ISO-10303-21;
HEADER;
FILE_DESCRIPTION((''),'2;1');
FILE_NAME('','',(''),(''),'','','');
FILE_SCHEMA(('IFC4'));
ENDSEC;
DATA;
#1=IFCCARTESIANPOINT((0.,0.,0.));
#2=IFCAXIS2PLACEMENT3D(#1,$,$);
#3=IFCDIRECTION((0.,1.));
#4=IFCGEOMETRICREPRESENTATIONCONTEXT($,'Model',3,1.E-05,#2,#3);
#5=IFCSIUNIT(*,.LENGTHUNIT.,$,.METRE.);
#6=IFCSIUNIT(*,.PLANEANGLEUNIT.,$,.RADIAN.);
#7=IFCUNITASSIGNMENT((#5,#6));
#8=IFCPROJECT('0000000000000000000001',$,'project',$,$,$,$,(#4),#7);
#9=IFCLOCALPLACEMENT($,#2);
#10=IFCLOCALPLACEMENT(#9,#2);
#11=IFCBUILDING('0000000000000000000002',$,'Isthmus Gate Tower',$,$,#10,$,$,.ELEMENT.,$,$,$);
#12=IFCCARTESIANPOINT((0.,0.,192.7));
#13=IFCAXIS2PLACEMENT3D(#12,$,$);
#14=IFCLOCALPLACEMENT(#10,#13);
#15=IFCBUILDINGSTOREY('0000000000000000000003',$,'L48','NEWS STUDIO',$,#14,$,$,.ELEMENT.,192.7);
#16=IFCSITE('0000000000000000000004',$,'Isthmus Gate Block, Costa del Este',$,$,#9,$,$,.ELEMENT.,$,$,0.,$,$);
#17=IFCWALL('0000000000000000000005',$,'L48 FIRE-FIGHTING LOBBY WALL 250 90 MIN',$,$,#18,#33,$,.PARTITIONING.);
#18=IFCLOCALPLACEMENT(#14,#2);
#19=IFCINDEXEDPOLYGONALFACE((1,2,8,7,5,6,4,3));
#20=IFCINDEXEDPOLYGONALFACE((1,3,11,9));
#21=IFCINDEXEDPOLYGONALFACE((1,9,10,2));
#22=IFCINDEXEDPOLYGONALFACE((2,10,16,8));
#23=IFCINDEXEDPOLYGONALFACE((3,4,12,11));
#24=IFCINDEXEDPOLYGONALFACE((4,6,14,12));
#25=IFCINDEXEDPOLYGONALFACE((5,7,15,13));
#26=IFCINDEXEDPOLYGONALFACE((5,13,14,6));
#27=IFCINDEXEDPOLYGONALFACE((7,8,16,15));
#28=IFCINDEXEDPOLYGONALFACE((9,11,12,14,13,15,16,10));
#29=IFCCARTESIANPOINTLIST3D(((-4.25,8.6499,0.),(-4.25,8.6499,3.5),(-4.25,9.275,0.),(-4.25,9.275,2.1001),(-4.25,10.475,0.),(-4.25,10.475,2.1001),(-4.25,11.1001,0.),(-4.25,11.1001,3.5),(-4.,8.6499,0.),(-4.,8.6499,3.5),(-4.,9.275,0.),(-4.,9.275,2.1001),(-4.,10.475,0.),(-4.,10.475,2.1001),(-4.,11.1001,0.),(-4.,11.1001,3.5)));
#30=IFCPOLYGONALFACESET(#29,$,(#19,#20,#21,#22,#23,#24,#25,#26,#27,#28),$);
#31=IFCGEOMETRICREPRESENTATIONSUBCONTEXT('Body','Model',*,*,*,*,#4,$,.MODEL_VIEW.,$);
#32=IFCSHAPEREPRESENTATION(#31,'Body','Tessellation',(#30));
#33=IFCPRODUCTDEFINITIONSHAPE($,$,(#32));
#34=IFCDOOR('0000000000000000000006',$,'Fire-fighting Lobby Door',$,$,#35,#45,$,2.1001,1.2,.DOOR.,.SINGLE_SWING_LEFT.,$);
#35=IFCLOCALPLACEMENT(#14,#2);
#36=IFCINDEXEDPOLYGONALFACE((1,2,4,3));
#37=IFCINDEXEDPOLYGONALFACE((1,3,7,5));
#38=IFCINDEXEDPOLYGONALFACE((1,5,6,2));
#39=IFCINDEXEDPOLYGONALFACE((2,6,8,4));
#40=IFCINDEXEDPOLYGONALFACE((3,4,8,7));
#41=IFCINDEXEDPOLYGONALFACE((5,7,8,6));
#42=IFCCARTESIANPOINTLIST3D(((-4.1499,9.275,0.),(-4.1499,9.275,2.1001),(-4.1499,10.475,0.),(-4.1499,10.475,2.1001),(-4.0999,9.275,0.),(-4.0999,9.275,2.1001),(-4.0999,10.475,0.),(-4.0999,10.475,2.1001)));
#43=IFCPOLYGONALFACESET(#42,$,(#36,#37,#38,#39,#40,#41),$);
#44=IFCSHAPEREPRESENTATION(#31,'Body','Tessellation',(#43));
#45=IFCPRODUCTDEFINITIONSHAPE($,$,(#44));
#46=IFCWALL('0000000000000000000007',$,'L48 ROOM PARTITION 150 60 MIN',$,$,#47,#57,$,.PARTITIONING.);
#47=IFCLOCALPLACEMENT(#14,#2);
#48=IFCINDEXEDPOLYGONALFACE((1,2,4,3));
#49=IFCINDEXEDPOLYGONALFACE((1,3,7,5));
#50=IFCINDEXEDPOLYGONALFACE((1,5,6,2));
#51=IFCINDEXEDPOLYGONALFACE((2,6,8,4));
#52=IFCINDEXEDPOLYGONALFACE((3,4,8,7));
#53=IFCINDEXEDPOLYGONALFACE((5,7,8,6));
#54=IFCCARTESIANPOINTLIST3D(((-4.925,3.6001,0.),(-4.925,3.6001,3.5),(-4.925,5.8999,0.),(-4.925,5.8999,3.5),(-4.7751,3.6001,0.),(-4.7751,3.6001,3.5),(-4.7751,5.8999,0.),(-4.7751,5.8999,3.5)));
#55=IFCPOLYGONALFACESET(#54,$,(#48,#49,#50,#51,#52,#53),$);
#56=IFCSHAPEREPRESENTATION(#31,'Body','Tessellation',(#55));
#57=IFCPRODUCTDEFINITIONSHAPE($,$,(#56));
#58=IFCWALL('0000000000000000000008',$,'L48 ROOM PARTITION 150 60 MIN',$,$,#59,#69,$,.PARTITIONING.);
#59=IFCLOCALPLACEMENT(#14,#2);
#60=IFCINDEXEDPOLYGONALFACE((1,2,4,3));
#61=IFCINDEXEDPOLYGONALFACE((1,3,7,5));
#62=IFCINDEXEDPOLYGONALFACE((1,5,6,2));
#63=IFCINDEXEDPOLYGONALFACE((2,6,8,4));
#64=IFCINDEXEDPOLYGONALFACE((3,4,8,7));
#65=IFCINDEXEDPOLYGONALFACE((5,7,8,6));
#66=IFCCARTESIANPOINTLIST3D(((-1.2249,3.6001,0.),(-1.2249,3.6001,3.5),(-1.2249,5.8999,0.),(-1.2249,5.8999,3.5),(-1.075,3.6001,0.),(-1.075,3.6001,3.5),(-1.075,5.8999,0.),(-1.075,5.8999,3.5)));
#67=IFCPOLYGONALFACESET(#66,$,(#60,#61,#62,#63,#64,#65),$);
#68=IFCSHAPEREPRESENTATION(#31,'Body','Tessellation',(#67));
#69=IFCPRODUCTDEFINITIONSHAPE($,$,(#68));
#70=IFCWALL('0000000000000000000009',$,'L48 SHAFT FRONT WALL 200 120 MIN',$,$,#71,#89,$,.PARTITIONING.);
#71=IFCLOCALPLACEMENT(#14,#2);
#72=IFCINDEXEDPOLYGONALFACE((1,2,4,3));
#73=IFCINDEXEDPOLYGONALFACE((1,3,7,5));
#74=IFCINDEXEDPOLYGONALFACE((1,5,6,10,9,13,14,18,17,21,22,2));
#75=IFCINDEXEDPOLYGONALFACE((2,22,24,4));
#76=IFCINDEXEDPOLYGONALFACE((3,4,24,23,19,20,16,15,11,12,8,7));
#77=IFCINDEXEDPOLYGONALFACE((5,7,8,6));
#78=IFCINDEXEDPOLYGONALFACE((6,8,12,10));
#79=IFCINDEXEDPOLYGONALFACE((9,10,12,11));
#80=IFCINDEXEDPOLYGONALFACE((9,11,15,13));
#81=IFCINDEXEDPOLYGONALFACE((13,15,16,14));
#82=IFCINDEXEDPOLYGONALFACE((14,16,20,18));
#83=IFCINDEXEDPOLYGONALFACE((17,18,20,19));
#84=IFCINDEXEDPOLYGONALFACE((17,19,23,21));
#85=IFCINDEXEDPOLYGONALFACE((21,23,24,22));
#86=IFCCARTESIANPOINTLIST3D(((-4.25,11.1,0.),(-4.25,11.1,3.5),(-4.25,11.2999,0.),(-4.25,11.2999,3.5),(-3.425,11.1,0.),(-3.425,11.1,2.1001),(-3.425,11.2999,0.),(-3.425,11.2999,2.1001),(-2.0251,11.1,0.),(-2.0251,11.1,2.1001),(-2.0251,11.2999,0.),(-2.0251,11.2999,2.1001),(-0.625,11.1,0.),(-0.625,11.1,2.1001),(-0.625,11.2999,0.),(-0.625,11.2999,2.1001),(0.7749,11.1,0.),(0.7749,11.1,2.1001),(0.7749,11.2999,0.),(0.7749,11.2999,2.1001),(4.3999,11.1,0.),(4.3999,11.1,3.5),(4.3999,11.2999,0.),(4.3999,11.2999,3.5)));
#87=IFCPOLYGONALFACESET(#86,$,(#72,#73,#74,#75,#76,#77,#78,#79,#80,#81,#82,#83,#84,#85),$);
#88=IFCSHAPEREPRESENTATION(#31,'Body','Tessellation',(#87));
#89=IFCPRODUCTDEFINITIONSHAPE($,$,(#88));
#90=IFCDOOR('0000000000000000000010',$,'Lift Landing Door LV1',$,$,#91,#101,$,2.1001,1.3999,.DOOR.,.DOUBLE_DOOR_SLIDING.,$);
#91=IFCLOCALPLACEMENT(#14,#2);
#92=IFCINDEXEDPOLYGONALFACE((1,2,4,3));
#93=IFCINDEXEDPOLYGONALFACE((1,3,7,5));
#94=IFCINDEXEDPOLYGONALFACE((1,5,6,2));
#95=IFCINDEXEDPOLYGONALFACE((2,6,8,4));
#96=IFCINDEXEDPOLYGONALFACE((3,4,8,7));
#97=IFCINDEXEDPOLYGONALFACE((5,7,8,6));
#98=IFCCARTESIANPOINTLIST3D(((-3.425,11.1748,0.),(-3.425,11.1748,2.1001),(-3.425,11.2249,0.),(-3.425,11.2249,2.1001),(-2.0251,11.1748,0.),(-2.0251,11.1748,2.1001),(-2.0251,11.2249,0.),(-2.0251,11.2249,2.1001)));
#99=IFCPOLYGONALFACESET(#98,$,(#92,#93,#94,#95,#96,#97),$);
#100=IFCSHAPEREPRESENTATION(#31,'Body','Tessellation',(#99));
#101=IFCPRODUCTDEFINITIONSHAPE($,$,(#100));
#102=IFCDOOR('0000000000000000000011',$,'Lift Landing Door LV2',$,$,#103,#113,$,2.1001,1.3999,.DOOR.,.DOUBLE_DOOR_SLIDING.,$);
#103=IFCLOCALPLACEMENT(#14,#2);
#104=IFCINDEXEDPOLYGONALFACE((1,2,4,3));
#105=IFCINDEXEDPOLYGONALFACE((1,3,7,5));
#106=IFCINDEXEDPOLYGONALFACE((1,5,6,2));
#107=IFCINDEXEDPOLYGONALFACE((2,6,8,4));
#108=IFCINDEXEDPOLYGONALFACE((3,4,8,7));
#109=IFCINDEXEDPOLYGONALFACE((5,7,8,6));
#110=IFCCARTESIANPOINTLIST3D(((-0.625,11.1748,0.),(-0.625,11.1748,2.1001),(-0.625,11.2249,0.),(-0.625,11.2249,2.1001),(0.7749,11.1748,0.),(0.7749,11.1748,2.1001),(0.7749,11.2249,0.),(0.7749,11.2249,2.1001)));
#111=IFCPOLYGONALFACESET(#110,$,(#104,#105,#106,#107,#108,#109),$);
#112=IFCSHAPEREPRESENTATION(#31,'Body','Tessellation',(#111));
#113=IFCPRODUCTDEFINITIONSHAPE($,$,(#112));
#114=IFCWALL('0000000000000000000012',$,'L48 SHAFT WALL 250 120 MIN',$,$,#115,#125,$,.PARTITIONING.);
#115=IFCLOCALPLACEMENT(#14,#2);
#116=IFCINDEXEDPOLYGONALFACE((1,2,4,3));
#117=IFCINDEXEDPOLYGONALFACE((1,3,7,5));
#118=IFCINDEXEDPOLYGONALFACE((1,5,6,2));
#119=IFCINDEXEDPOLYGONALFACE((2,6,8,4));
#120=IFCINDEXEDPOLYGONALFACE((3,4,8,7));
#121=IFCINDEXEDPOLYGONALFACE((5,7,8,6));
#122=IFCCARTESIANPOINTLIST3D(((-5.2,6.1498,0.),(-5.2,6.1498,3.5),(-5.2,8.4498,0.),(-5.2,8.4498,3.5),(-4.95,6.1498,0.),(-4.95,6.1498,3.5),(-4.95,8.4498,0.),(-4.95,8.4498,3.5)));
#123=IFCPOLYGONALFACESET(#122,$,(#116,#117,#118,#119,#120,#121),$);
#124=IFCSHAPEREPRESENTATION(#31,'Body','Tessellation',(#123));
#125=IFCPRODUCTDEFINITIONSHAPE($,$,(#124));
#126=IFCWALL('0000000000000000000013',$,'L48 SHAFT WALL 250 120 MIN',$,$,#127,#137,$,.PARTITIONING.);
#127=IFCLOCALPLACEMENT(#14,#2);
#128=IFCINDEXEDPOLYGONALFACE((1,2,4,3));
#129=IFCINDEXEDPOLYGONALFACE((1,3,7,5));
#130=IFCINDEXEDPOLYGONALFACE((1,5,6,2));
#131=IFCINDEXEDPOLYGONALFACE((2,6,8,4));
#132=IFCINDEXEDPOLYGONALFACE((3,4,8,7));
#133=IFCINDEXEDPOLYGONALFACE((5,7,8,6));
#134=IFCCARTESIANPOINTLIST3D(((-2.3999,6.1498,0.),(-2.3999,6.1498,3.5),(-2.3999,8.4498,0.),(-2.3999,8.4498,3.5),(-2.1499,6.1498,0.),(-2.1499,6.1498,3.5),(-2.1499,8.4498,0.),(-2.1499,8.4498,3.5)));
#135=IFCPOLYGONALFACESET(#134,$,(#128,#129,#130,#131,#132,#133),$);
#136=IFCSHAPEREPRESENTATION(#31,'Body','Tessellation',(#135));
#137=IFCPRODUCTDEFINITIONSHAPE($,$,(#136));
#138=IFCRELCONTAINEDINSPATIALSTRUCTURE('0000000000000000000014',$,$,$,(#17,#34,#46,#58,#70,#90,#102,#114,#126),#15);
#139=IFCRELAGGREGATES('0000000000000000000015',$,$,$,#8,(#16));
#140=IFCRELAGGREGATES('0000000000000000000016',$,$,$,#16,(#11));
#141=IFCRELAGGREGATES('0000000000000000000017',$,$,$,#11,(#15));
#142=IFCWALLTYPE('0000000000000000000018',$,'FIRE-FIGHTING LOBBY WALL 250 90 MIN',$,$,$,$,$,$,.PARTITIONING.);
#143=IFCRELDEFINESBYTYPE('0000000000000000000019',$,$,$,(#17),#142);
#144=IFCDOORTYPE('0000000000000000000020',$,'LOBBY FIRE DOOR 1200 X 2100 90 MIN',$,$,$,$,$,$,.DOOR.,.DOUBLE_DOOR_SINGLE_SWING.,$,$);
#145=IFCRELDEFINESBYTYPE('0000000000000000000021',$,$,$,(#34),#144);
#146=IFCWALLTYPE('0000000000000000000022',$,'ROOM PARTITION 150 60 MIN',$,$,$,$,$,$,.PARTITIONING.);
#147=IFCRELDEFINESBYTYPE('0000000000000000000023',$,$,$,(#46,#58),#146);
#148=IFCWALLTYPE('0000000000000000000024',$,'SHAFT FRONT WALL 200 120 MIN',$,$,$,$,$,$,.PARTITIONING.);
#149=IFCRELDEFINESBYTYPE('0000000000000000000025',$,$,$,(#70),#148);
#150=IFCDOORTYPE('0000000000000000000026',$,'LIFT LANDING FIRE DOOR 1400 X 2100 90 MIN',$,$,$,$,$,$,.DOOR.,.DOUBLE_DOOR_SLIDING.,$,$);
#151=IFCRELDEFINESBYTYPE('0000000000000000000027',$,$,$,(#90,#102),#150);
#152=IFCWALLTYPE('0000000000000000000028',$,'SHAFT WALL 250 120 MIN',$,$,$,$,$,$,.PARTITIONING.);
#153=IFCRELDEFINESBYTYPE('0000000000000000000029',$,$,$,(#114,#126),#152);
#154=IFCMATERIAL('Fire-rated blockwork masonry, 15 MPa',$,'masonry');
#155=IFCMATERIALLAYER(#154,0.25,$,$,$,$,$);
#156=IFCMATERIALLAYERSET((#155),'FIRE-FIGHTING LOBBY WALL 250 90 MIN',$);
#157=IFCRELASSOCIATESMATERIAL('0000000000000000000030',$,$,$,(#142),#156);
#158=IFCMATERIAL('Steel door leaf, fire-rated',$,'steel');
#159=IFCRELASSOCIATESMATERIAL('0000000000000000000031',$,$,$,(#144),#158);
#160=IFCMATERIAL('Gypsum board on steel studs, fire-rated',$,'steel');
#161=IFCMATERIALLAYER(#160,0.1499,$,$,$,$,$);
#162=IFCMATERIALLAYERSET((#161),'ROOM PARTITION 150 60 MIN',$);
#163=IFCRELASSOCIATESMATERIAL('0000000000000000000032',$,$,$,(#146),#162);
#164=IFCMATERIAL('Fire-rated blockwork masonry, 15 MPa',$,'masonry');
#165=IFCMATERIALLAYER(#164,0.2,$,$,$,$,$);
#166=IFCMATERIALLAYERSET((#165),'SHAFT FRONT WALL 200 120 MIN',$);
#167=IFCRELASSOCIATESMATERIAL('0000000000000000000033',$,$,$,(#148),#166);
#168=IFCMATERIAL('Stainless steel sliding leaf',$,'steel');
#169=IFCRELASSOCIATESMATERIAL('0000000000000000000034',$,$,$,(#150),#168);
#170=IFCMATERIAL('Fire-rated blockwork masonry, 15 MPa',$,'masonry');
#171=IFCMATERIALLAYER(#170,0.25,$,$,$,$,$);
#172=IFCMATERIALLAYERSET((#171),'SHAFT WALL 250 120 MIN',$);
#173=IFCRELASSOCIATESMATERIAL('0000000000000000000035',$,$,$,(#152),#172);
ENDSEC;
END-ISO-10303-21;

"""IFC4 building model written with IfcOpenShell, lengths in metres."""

from ifc_helpers import new_model, si_unit, direction, frame, frame_2d, origin, place, context, subcontext, project, spatial, rectangle, extrude, material, layer, layer_set, type_object, element, fill, save


model = new_model("IFC4")

# Units and contexts
model_context = context("Model", 3, precision=1e-05, world=origin(), true_north=direction((0.0, 1.0)))
body_context = subcontext(model_context, "Body", "Model", "MODEL_VIEW")
ifc_project = project(units=[si_unit("LENGTHUNIT", "METRE"), si_unit("PLANEANGLEUNIT", "RADIAN")], contexts=[model_context])

# Site, building, storey
site_placement = place(None, origin())
site = spatial("IfcSite", under=ifc_project, at=site_placement, Name="Isthmus Gate Block, Costa del Este", CompositionType="ELEMENT", RefElevation=0.0)
building_placement = place(site_placement, origin())
building = spatial("IfcBuilding", under=site, at=building_placement, Name="Isthmus Gate Tower", CompositionType="ELEMENT")
storey_placement = place(building_placement, frame((0.0, 0.0, 192.7)))
storey = spatial("IfcBuildingStorey", under=building, at=storey_placement, Name="L48", Description="NEWS STUDIO", CompositionType="ELEMENT", Elevation=192.7)

# Wall, opening, door
ifc_material_1 = material(Name="Fire-rated blockwork masonry, 15 MPa", Category="masonry")
ifc_layer_1 = layer(ifc_material_1, 0.25)
ifc_layer_set_1 = layer_set([ifc_layer_1], Name="FIRE-FIGHTING LOBBY WALL 250 90 MIN")
wall_type_1 = type_object("IfcWallType", Name="FIRE-FIGHTING LOBBY WALL 250 90 MIN", PredefinedType="PARTITIONING", material=ifc_layer_set_1)
wall_1_placement = place(storey_placement, frame((-4.125, 8.6499, 0.0), z_axis=(0.0, 0.0, 1.0), x_axis=(0.0, 1.0, 0.0)))
wall_1 = element("IfcWall", 1, at=wall_1_placement, inside=storey, type_object=wall_type_1, Name="L48 FIRE-FIGHTING LOBBY WALL 250 90 MIN", PredefinedType="PARTITIONING", context=body_context, shape_type="SweptSolid", body=[
    extrude(rectangle(XDim=2.4502, YDim=0.25, at=frame_2d((1.2251, 0.0))), origin(), (0.0, 0.0, 1.0), 3.5),
])
opening_1_placement = place(wall_1_placement, frame((0.625, 0.0, 0.0)))
opening_1 = element("IfcOpeningElement", 2, at=opening_1_placement, cuts=wall_1, PredefinedType="OPENING", context=body_context, shape_type="SweptSolid", body=[
    extrude(rectangle(XDim=1.2, YDim=2.1001, at=frame_2d((0.6001, 1.05))), frame((0.0, 0.135, 0.0), z_axis=(0.0, -1.0, 0.0), x_axis=(1.0, 0.0, 0.0)), (0.0, 0.0, 1.0), 0.27),
])
ifc_material_2 = material(Name="Steel door leaf, fire-rated", Category="steel")
door_type_1 = type_object("IfcDoorType", Name="LOBBY FIRE DOOR 1200 X 2100 90 MIN", OperationType="DOUBLE_DOOR_SINGLE_SWING", PredefinedType="DOOR", material=ifc_material_2)
door_1_placement = place(opening_1_placement, origin())
door_1 = element("IfcDoor", 3, at=door_1_placement, inside=storey, type_object=door_type_1, Name="Fire-fighting Lobby Door", OperationType="SINGLE_SWING_LEFT", OverallHeight=2.1001, OverallWidth=1.2, PredefinedType="DOOR", context=body_context, shape_type="SweptSolid", body=[
    extrude(rectangle(XDim=1.2, YDim=2.1001, at=frame_2d((0.6001, 1.05))), frame((0.0, 0.0249, 0.0), z_axis=(0.0, -1.0, 0.0), x_axis=(1.0, 0.0, 0.0)), (0.0, 0.0, 1.0), 0.05),
])
fill(opening_1, door_1)

# Walls
ifc_material_3 = material(Name="Gypsum board on steel studs, fire-rated", Category="steel")
ifc_layer_2 = layer(ifc_material_3, 0.1499)
ifc_layer_set_2 = layer_set([ifc_layer_2], Name="ROOM PARTITION 150 60 MIN")
wall_type_2 = type_object("IfcWallType", Name="ROOM PARTITION 150 60 MIN", PredefinedType="PARTITIONING", material=ifc_layer_set_2)
for number, where, z_axis, x_axis, name in (
    (4, (-4.8501, 3.6001, 0.0), (0.0, 0.0, 1.0), (0.0, 1.0, 0.0), "L48 ROOM PARTITION 150 60 MIN"),
    (5, (-1.1499, 3.6001, 0.0), (0.0, 0.0, 1.0), (0.0, 1.0, 0.0), "L48 ROOM PARTITION 150 60 MIN"),
):
    element("IfcWall", number, at=place(storey_placement, frame(where, z_axis=z_axis, x_axis=x_axis)), inside=storey, type_object=wall_type_2, Name=name, PredefinedType="PARTITIONING", context=body_context, shape_type="SweptSolid", body=[
        extrude(rectangle(XDim=2.2998, YDim=0.1499, at=frame_2d((1.1499, 0.0))), origin(), (0.0, 0.0, 1.0), 3.5),
    ])

# Wall, openings, doors
ifc_material_4 = material(Name="Fire-rated blockwork masonry, 15 MPa", Category="masonry")
ifc_layer_3 = layer(ifc_material_4, 0.2)
ifc_layer_set_3 = layer_set([ifc_layer_3], Name="SHAFT FRONT WALL 200 120 MIN")
wall_type_3 = type_object("IfcWallType", Name="SHAFT FRONT WALL 200 120 MIN", PredefinedType="PARTITIONING", material=ifc_layer_set_3)
wall_2_placement = place(storey_placement, frame((-4.25, 11.2, 0.0), z_axis=(0.0, 0.0, 1.0), x_axis=(1.0, 0.0, 0.0)))
wall_2 = element("IfcWall", 6, at=wall_2_placement, inside=storey, type_object=wall_type_3, Name="L48 SHAFT FRONT WALL 200 120 MIN", PredefinedType="PARTITIONING", context=body_context, shape_type="SweptSolid", body=[
    extrude(rectangle(XDim=8.6499, YDim=0.2, at=frame_2d((4.325, 0.0))), origin(), (0.0, 0.0, 1.0), 3.5),
])
opening_2_placement = place(wall_2_placement, frame((0.825, 0.0, 0.0)))
opening_2 = element("IfcOpeningElement", 7, at=opening_2_placement, cuts=wall_2, PredefinedType="OPENING", context=body_context, shape_type="SweptSolid", body=[
    extrude(rectangle(XDim=1.3999, YDim=2.1001, at=frame_2d((0.7, 1.05))), frame((0.0, 0.1099, 0.0), z_axis=(0.0, -1.0, 0.0), x_axis=(1.0, 0.0, 0.0)), (0.0, 0.0, 1.0), 0.22),
])
opening_3_placement = place(wall_2_placement, frame((3.625, 0.0, 0.0)))
opening_3 = element("IfcOpeningElement", 8, at=opening_3_placement, cuts=wall_2, PredefinedType="OPENING", context=body_context, shape_type="SweptSolid", body=[
    extrude(rectangle(XDim=1.3999, YDim=2.1001, at=frame_2d((0.7, 1.05))), frame((0.0, 0.1099, 0.0), z_axis=(0.0, -1.0, 0.0), x_axis=(1.0, 0.0, 0.0)), (0.0, 0.0, 1.0), 0.22),
])
ifc_material_5 = material(Name="Stainless steel sliding leaf", Category="steel")
door_type_2 = type_object("IfcDoorType", Name="LIFT LANDING FIRE DOOR 1400 X 2100 90 MIN", OperationType="DOUBLE_DOOR_SLIDING", PredefinedType="DOOR", material=ifc_material_5)
door_2_placement = place(opening_2_placement, origin())
door_2 = element("IfcDoor", 9, at=door_2_placement, inside=storey, type_object=door_type_2, Name="Lift Landing Door LV1", OperationType="DOUBLE_DOOR_SLIDING", OverallHeight=2.1001, OverallWidth=1.3999, PredefinedType="DOOR", context=body_context, shape_type="SweptSolid", body=[
    extrude(rectangle(XDim=1.3999, YDim=2.1001, at=frame_2d((0.7, 1.05))), frame((0.0, 0.0249, 0.0), z_axis=(0.0, -1.0, 0.0), x_axis=(1.0, 0.0, 0.0)), (0.0, 0.0, 1.0), 0.05),
])
fill(opening_2, door_2)
door_3_placement = place(opening_3_placement, origin())
door_3 = element("IfcDoor", 10, at=door_3_placement, inside=storey, type_object=door_type_2, Name="Lift Landing Door LV2", OperationType="DOUBLE_DOOR_SLIDING", OverallHeight=2.1001, OverallWidth=1.3999, PredefinedType="DOOR", context=body_context, shape_type="SweptSolid", body=[
    extrude(rectangle(XDim=1.3999, YDim=2.1001, at=frame_2d((0.7, 1.05))), frame((0.0, 0.0249, 0.0), z_axis=(0.0, -1.0, 0.0), x_axis=(1.0, 0.0, 0.0)), (0.0, 0.0, 1.0), 0.05),
])
fill(opening_3, door_3)

# Walls
ifc_material_6 = material(Name="Fire-rated blockwork masonry, 15 MPa", Category="masonry")
ifc_layer_4 = layer(ifc_material_6, 0.25)
ifc_layer_set_4 = layer_set([ifc_layer_4], Name="SHAFT WALL 250 120 MIN")
wall_type_4 = type_object("IfcWallType", Name="SHAFT WALL 250 120 MIN", PredefinedType="PARTITIONING", material=ifc_layer_set_4)
for number, where, z_axis, x_axis, name in (
    (11, (-5.075, 6.1499, 0.0), (0.0, 0.0, 1.0), (0.0, 1.0, 0.0), "L48 SHAFT WALL 250 120 MIN"),
    (12, (-2.2749, 6.1499, 0.0), (0.0, 0.0, 1.0), (0.0, 1.0, 0.0), "L48 SHAFT WALL 250 120 MIN"),
):
    element("IfcWall", number, at=place(storey_placement, frame(where, z_axis=z_axis, x_axis=x_axis)), inside=storey, type_object=wall_type_4, Name=name, PredefinedType="PARTITIONING", context=body_context, shape_type="SweptSolid", body=[
        extrude(rectangle(XDim=2.3, YDim=0.25, at=frame_2d((1.1499, 0.0))), origin(), (0.0, 0.0, 1.0), 3.5),
    ])

save(model, "model.ifc")
